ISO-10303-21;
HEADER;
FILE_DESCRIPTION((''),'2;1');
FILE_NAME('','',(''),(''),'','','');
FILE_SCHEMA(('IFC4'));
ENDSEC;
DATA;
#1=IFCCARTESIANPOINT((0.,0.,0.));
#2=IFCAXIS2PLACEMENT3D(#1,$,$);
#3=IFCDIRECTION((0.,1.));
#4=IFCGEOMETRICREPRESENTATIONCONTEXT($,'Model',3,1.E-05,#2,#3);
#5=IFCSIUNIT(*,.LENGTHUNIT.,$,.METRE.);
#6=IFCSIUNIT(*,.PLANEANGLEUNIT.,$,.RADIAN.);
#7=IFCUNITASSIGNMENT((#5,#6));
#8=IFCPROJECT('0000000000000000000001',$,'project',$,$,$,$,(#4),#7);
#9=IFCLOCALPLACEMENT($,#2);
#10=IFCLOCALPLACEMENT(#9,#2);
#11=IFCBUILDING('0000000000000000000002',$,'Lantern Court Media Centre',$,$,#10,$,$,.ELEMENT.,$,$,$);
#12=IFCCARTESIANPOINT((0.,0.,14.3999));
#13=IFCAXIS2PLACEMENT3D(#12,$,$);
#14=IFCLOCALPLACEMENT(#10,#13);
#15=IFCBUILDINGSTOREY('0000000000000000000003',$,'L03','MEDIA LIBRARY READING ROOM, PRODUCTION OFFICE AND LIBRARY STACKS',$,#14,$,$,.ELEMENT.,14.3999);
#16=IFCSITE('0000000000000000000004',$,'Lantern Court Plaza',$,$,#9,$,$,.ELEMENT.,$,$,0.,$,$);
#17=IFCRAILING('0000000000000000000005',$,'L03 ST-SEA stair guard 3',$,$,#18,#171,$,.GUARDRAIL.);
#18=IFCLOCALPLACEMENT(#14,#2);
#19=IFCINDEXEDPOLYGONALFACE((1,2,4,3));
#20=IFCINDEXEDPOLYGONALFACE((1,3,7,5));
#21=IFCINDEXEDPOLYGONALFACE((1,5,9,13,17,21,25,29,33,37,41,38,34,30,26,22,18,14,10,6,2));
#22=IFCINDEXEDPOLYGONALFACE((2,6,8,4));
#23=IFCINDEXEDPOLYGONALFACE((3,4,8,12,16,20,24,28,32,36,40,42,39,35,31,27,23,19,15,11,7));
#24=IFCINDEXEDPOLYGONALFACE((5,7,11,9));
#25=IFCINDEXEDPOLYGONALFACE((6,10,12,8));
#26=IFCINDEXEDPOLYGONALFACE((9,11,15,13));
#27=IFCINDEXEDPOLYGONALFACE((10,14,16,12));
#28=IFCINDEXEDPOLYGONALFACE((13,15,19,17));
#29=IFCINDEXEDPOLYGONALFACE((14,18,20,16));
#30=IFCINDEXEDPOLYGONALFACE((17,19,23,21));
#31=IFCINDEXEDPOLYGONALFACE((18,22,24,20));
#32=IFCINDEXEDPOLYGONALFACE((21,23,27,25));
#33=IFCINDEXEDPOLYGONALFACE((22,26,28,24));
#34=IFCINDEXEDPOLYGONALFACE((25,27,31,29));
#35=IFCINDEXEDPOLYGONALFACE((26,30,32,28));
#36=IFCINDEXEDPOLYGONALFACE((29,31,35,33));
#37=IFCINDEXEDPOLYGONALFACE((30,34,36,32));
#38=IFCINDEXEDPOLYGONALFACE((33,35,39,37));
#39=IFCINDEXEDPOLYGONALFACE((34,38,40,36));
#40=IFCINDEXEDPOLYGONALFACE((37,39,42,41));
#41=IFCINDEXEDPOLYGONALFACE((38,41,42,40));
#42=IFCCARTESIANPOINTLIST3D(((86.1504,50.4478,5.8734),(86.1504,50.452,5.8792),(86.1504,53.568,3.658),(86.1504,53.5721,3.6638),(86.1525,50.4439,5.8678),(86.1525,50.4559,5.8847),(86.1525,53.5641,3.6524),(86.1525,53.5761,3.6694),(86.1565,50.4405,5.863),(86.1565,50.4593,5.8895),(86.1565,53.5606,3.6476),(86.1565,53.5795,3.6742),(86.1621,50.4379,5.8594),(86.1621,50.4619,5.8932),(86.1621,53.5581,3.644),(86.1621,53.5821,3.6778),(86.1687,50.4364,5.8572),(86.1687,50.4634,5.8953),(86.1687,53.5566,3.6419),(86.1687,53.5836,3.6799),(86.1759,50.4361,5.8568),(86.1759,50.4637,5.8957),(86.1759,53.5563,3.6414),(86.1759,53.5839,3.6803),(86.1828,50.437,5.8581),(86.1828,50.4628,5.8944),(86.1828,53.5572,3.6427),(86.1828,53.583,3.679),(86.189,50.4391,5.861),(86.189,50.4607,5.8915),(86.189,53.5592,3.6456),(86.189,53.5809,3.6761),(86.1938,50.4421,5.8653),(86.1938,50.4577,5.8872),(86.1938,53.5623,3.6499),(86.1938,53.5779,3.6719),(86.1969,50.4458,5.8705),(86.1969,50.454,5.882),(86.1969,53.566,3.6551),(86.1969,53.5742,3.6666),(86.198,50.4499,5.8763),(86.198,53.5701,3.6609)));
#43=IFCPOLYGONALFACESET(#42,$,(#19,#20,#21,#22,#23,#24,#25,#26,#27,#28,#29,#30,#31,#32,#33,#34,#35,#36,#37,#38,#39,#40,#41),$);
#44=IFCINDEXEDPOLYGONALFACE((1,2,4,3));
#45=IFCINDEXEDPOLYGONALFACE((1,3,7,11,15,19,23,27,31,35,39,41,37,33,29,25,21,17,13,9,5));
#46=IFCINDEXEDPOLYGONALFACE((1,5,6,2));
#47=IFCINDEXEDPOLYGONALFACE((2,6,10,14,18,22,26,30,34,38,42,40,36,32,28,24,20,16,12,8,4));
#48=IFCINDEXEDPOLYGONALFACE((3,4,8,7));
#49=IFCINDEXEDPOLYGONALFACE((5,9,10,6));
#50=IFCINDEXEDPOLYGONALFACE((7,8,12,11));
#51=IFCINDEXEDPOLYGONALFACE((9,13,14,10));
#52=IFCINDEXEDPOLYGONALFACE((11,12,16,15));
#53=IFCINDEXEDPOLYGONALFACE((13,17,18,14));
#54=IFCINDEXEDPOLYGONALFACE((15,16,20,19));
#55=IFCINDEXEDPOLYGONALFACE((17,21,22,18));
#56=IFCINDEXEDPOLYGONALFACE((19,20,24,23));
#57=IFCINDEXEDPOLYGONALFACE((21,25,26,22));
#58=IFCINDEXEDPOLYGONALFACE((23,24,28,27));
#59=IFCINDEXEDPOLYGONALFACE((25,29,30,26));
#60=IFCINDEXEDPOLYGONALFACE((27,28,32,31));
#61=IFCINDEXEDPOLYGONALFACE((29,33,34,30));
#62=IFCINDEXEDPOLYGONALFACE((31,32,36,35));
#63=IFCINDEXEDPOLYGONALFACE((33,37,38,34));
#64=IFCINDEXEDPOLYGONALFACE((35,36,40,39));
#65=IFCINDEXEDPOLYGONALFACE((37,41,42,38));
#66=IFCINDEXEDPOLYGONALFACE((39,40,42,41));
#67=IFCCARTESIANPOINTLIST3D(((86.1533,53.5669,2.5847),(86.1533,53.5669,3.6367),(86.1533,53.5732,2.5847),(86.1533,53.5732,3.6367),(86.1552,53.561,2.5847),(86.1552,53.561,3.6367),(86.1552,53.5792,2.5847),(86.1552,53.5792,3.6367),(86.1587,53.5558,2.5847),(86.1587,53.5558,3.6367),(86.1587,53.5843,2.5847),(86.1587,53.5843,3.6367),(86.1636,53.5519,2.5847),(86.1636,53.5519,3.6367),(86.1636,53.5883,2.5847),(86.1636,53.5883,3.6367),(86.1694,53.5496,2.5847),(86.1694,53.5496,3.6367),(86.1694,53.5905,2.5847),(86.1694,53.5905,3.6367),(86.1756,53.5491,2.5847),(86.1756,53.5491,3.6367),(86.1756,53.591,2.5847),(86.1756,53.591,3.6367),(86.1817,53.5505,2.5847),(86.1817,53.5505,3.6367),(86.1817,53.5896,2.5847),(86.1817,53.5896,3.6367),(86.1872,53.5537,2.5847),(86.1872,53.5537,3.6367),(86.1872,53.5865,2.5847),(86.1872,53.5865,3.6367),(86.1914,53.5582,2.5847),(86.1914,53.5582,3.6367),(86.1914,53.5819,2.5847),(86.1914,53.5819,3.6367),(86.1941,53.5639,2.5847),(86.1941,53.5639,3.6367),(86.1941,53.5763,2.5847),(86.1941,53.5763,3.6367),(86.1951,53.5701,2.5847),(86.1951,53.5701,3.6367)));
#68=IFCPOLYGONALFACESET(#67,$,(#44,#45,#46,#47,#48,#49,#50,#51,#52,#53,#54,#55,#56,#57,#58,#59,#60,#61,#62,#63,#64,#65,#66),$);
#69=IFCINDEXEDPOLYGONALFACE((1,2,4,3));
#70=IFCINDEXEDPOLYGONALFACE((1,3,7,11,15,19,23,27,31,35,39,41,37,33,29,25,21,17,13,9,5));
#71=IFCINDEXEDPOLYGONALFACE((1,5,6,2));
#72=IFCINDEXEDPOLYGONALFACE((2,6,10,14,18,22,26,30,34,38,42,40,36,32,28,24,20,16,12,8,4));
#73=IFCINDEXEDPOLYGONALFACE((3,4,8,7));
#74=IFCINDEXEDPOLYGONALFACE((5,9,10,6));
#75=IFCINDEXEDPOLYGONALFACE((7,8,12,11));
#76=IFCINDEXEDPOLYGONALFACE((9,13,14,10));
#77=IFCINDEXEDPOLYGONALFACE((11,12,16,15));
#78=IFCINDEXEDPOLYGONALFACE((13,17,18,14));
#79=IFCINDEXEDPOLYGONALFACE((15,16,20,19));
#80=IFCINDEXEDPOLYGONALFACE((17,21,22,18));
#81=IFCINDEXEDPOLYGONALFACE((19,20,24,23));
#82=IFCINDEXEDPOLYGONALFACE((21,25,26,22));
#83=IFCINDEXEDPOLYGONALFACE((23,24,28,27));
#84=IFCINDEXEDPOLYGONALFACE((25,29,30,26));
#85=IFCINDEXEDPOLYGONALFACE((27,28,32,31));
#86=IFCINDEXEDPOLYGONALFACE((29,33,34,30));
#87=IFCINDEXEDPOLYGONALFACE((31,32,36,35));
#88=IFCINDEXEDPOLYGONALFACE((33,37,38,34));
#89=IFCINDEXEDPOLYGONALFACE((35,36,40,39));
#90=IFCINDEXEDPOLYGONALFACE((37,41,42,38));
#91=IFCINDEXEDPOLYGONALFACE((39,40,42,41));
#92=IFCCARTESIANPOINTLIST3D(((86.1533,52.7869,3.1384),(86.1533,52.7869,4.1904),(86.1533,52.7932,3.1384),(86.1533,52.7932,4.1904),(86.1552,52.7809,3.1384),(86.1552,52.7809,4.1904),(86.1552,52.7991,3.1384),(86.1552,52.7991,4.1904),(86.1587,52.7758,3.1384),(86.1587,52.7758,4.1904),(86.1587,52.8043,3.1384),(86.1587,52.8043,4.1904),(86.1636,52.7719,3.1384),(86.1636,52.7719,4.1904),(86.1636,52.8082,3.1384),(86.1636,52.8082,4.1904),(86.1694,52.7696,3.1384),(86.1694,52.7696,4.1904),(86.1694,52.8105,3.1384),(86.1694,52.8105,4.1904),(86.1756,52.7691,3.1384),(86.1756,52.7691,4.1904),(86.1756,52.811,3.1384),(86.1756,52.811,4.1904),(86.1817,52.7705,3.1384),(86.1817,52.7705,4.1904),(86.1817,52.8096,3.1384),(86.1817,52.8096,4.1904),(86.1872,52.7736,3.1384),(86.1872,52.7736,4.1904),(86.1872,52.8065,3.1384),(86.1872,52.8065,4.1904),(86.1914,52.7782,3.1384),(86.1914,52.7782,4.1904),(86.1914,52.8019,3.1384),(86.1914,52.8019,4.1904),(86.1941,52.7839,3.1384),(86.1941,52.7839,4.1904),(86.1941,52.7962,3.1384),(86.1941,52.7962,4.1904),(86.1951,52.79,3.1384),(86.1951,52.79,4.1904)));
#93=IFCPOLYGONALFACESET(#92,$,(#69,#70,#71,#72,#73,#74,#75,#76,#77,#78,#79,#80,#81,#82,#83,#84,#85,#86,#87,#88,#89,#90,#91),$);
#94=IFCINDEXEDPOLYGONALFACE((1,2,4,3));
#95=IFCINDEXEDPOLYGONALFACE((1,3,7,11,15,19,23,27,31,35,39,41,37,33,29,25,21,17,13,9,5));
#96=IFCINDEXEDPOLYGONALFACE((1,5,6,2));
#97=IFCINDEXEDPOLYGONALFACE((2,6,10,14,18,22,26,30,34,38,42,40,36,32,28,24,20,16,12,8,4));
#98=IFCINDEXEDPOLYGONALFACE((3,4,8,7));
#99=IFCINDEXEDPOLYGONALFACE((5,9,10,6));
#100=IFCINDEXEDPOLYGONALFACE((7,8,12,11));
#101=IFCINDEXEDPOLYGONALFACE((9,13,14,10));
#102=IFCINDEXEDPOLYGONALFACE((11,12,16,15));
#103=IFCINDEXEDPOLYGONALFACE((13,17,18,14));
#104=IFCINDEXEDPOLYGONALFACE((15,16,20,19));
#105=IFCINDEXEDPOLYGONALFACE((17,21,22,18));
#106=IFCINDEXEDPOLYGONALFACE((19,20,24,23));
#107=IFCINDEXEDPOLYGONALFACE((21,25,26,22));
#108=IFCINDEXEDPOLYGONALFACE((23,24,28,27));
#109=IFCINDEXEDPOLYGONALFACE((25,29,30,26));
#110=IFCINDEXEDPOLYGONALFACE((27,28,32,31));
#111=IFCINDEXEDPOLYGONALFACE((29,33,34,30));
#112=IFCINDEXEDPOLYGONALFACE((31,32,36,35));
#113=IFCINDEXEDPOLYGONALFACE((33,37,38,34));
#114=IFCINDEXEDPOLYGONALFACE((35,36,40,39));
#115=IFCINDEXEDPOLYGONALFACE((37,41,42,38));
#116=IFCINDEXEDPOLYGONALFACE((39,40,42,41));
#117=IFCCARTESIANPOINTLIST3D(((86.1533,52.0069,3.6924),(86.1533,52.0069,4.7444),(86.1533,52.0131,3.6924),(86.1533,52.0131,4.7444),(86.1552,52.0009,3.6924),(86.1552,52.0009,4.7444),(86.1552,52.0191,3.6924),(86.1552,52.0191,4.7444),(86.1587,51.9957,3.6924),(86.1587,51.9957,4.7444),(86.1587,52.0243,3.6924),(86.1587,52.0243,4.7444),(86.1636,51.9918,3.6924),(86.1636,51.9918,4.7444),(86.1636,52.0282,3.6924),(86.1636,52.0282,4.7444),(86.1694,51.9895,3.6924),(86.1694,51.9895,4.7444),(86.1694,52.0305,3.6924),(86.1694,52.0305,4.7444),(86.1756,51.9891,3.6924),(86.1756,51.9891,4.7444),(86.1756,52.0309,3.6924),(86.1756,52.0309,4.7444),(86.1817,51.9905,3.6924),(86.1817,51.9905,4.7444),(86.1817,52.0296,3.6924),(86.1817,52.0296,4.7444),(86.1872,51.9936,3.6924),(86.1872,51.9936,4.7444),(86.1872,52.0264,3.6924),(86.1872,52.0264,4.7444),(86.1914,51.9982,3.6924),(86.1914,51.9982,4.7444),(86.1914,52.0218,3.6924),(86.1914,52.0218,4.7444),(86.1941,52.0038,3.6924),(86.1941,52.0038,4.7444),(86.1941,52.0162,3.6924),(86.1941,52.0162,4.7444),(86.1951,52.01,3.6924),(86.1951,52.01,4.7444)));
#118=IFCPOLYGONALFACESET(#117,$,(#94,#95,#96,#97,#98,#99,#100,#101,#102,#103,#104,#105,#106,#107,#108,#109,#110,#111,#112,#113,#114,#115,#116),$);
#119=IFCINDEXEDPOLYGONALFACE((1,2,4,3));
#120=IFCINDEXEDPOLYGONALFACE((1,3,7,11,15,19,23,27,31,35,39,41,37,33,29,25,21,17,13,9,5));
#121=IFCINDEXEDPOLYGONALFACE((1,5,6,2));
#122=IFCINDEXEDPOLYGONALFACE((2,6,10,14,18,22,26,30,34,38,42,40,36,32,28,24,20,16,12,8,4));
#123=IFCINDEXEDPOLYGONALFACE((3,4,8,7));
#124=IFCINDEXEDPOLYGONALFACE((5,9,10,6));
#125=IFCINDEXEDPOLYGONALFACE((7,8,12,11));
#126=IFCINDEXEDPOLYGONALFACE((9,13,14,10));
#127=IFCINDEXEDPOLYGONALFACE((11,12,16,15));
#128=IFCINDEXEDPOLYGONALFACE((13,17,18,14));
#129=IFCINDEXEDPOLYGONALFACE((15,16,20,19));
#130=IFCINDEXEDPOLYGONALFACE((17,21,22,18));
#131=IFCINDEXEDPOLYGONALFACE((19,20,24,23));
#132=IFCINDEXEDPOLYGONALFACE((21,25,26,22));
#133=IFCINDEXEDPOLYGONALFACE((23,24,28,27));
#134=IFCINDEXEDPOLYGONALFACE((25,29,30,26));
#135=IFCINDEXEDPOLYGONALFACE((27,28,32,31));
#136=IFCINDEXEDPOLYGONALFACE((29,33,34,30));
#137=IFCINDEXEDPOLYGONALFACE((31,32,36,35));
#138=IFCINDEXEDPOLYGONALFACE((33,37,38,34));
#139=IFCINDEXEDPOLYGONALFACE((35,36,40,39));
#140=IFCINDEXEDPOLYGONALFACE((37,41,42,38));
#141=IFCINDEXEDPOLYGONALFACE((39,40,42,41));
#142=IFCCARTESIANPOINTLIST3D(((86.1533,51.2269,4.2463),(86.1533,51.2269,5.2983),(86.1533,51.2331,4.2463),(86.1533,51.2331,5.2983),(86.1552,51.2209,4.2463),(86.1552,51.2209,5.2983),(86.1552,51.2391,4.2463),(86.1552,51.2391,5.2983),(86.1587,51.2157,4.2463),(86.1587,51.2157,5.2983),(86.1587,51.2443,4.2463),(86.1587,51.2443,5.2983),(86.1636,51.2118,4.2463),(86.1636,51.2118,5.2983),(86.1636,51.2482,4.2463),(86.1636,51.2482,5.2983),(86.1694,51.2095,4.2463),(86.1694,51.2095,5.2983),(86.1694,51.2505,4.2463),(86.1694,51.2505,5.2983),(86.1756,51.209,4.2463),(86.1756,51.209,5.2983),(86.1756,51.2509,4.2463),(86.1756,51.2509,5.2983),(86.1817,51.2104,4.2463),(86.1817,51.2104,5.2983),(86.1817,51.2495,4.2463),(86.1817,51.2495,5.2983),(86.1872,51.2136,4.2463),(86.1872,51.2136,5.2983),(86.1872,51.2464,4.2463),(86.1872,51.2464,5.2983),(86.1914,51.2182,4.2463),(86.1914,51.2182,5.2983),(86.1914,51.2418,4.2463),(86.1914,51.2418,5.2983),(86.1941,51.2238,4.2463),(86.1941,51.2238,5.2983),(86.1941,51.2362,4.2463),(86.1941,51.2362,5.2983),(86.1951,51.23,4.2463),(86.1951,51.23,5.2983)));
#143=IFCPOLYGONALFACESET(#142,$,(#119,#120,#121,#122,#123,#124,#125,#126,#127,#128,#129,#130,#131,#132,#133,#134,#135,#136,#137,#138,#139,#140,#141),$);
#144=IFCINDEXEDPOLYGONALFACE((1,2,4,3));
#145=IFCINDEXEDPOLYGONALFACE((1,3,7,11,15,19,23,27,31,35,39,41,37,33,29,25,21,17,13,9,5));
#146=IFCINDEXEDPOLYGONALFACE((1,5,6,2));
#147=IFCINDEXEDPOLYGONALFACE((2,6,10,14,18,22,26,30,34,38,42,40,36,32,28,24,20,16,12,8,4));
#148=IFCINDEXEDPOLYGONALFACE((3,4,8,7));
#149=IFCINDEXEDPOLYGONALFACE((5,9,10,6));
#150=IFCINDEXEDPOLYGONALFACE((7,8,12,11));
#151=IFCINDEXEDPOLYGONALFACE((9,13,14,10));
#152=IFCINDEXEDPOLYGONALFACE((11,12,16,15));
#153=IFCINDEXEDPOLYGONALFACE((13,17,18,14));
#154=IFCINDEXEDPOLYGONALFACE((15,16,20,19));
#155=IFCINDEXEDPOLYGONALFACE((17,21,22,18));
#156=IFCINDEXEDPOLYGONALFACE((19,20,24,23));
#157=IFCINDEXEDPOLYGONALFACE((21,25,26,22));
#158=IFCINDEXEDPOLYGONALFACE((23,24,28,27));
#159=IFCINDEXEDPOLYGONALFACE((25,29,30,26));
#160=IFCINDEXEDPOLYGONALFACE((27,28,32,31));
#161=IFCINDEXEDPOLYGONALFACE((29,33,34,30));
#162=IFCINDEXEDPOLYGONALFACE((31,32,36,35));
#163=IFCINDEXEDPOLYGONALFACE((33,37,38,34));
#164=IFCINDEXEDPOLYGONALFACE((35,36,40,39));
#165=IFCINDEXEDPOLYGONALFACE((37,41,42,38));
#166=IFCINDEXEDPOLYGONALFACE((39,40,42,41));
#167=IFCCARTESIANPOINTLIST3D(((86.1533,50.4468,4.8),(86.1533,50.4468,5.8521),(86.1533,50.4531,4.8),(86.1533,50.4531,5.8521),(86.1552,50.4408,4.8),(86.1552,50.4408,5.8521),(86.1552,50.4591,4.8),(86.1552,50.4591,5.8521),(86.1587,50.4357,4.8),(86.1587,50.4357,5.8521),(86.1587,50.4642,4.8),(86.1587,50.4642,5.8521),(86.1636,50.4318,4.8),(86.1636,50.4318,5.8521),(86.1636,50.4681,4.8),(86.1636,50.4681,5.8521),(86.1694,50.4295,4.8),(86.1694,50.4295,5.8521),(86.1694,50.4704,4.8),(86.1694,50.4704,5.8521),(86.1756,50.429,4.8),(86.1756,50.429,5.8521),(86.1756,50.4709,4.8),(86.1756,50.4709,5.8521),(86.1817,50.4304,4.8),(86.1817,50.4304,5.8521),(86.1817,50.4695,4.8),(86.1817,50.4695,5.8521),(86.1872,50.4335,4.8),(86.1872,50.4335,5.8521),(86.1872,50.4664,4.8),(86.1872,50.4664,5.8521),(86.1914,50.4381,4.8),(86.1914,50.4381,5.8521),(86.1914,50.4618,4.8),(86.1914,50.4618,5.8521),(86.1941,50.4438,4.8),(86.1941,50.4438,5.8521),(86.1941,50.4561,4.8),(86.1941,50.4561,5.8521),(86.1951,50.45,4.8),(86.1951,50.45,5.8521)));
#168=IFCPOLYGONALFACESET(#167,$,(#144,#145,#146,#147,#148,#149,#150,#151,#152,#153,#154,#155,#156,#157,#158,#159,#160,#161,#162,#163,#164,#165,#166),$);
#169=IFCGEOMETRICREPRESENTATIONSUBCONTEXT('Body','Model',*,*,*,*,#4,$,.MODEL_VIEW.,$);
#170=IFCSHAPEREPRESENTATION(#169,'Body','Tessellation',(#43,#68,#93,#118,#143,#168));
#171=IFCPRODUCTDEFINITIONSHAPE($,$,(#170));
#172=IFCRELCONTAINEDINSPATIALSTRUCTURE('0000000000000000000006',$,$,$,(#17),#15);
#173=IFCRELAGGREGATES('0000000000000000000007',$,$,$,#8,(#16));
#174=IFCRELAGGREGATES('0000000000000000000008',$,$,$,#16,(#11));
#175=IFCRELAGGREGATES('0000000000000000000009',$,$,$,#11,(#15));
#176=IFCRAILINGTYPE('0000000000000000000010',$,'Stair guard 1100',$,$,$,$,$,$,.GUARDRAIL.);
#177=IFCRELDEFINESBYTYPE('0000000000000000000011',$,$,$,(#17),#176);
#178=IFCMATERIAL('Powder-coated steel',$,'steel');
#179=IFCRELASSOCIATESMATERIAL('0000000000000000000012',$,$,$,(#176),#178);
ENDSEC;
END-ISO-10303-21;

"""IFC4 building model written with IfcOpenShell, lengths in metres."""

from ifc_helpers import new_model, si_unit, direction, frame, origin, origin_2d, place, context, subcontext, project, spatial, circle, extrude, material, type_object, element, save


model = new_model("IFC4")

# Units and contexts
model_context = context("Model", 3, precision=1e-05, world=origin(), true_north=direction((0.0, 1.0)))
body_context = subcontext(model_context, "Body", "Model", "MODEL_VIEW")
ifc_project = project(units=[si_unit("LENGTHUNIT", "METRE"), si_unit("PLANEANGLEUNIT", "RADIAN")], contexts=[model_context])

# Site, building, storey
site_placement = place(None, origin())
site = spatial("IfcSite", under=ifc_project, at=site_placement, Name="Lantern Court Plaza", CompositionType="ELEMENT", RefElevation=0.0)
building_placement = place(site_placement, origin())
building = spatial("IfcBuilding", under=site, at=building_placement, Name="Lantern Court Media Centre", CompositionType="ELEMENT")
storey_placement = place(building_placement, frame((0.0, 0.0, 14.3999)))
storey = spatial("IfcBuildingStorey", under=building, at=storey_placement, Name="L03", Description="MEDIA LIBRARY READING ROOM, PRODUCTION OFFICE AND LIBRARY STACKS", CompositionType="ELEMENT", Elevation=14.3999)

# Railing
ifc_material_1 = material(Name="Powder-coated steel", Category="steel")
railing_type_1 = type_object("IfcRailingType", Name="Stair guard 1100", PredefinedType="GUARDRAIL", material=ifc_material_1)
railing_1_placement = place(storey_placement, frame((86.1741, 53.5701, 2.5847)))
element("IfcRailing", 1, at=railing_1_placement, inside=storey, type_object=railing_type_1, Name="L03 ST-SEA stair guard 3", PredefinedType="GUARDRAIL", context=body_context, shape_type="SweptSolid", body=[
    extrude(circle(Radius=0.0239, at=origin_2d()), frame((0.0, 0.0, 1.0762), z_axis=(0.0, -0.815377, 0.57893), x_axis=(1.0, 0.0, 0.0)), (0.0, 0.0, 1.0), 3.8267),
    extrude(circle(Radius=0.021, at=origin_2d()), origin(), (0.0, 0.0, 1.0), 1.052),
    extrude(circle(Radius=0.021, at=origin_2d()), frame((0.0, -0.78, 0.5537)), (0.0, 0.0, 1.0), 1.052),
    extrude(circle(Radius=0.021, at=origin_2d()), frame((0.0, -1.5601, 1.1077)), (0.0, 0.0, 1.0), 1.052),
    extrude(circle(Radius=0.021, at=origin_2d()), frame((0.0, -2.3401, 1.6616)), (0.0, 0.0, 1.0), 1.052),
    extrude(circle(Radius=0.021, at=origin_2d()), frame((0.0, -3.1201, 2.2153)), (0.0, 0.0, 1.0), 1.052),
])

save(model, "model.ifc")
